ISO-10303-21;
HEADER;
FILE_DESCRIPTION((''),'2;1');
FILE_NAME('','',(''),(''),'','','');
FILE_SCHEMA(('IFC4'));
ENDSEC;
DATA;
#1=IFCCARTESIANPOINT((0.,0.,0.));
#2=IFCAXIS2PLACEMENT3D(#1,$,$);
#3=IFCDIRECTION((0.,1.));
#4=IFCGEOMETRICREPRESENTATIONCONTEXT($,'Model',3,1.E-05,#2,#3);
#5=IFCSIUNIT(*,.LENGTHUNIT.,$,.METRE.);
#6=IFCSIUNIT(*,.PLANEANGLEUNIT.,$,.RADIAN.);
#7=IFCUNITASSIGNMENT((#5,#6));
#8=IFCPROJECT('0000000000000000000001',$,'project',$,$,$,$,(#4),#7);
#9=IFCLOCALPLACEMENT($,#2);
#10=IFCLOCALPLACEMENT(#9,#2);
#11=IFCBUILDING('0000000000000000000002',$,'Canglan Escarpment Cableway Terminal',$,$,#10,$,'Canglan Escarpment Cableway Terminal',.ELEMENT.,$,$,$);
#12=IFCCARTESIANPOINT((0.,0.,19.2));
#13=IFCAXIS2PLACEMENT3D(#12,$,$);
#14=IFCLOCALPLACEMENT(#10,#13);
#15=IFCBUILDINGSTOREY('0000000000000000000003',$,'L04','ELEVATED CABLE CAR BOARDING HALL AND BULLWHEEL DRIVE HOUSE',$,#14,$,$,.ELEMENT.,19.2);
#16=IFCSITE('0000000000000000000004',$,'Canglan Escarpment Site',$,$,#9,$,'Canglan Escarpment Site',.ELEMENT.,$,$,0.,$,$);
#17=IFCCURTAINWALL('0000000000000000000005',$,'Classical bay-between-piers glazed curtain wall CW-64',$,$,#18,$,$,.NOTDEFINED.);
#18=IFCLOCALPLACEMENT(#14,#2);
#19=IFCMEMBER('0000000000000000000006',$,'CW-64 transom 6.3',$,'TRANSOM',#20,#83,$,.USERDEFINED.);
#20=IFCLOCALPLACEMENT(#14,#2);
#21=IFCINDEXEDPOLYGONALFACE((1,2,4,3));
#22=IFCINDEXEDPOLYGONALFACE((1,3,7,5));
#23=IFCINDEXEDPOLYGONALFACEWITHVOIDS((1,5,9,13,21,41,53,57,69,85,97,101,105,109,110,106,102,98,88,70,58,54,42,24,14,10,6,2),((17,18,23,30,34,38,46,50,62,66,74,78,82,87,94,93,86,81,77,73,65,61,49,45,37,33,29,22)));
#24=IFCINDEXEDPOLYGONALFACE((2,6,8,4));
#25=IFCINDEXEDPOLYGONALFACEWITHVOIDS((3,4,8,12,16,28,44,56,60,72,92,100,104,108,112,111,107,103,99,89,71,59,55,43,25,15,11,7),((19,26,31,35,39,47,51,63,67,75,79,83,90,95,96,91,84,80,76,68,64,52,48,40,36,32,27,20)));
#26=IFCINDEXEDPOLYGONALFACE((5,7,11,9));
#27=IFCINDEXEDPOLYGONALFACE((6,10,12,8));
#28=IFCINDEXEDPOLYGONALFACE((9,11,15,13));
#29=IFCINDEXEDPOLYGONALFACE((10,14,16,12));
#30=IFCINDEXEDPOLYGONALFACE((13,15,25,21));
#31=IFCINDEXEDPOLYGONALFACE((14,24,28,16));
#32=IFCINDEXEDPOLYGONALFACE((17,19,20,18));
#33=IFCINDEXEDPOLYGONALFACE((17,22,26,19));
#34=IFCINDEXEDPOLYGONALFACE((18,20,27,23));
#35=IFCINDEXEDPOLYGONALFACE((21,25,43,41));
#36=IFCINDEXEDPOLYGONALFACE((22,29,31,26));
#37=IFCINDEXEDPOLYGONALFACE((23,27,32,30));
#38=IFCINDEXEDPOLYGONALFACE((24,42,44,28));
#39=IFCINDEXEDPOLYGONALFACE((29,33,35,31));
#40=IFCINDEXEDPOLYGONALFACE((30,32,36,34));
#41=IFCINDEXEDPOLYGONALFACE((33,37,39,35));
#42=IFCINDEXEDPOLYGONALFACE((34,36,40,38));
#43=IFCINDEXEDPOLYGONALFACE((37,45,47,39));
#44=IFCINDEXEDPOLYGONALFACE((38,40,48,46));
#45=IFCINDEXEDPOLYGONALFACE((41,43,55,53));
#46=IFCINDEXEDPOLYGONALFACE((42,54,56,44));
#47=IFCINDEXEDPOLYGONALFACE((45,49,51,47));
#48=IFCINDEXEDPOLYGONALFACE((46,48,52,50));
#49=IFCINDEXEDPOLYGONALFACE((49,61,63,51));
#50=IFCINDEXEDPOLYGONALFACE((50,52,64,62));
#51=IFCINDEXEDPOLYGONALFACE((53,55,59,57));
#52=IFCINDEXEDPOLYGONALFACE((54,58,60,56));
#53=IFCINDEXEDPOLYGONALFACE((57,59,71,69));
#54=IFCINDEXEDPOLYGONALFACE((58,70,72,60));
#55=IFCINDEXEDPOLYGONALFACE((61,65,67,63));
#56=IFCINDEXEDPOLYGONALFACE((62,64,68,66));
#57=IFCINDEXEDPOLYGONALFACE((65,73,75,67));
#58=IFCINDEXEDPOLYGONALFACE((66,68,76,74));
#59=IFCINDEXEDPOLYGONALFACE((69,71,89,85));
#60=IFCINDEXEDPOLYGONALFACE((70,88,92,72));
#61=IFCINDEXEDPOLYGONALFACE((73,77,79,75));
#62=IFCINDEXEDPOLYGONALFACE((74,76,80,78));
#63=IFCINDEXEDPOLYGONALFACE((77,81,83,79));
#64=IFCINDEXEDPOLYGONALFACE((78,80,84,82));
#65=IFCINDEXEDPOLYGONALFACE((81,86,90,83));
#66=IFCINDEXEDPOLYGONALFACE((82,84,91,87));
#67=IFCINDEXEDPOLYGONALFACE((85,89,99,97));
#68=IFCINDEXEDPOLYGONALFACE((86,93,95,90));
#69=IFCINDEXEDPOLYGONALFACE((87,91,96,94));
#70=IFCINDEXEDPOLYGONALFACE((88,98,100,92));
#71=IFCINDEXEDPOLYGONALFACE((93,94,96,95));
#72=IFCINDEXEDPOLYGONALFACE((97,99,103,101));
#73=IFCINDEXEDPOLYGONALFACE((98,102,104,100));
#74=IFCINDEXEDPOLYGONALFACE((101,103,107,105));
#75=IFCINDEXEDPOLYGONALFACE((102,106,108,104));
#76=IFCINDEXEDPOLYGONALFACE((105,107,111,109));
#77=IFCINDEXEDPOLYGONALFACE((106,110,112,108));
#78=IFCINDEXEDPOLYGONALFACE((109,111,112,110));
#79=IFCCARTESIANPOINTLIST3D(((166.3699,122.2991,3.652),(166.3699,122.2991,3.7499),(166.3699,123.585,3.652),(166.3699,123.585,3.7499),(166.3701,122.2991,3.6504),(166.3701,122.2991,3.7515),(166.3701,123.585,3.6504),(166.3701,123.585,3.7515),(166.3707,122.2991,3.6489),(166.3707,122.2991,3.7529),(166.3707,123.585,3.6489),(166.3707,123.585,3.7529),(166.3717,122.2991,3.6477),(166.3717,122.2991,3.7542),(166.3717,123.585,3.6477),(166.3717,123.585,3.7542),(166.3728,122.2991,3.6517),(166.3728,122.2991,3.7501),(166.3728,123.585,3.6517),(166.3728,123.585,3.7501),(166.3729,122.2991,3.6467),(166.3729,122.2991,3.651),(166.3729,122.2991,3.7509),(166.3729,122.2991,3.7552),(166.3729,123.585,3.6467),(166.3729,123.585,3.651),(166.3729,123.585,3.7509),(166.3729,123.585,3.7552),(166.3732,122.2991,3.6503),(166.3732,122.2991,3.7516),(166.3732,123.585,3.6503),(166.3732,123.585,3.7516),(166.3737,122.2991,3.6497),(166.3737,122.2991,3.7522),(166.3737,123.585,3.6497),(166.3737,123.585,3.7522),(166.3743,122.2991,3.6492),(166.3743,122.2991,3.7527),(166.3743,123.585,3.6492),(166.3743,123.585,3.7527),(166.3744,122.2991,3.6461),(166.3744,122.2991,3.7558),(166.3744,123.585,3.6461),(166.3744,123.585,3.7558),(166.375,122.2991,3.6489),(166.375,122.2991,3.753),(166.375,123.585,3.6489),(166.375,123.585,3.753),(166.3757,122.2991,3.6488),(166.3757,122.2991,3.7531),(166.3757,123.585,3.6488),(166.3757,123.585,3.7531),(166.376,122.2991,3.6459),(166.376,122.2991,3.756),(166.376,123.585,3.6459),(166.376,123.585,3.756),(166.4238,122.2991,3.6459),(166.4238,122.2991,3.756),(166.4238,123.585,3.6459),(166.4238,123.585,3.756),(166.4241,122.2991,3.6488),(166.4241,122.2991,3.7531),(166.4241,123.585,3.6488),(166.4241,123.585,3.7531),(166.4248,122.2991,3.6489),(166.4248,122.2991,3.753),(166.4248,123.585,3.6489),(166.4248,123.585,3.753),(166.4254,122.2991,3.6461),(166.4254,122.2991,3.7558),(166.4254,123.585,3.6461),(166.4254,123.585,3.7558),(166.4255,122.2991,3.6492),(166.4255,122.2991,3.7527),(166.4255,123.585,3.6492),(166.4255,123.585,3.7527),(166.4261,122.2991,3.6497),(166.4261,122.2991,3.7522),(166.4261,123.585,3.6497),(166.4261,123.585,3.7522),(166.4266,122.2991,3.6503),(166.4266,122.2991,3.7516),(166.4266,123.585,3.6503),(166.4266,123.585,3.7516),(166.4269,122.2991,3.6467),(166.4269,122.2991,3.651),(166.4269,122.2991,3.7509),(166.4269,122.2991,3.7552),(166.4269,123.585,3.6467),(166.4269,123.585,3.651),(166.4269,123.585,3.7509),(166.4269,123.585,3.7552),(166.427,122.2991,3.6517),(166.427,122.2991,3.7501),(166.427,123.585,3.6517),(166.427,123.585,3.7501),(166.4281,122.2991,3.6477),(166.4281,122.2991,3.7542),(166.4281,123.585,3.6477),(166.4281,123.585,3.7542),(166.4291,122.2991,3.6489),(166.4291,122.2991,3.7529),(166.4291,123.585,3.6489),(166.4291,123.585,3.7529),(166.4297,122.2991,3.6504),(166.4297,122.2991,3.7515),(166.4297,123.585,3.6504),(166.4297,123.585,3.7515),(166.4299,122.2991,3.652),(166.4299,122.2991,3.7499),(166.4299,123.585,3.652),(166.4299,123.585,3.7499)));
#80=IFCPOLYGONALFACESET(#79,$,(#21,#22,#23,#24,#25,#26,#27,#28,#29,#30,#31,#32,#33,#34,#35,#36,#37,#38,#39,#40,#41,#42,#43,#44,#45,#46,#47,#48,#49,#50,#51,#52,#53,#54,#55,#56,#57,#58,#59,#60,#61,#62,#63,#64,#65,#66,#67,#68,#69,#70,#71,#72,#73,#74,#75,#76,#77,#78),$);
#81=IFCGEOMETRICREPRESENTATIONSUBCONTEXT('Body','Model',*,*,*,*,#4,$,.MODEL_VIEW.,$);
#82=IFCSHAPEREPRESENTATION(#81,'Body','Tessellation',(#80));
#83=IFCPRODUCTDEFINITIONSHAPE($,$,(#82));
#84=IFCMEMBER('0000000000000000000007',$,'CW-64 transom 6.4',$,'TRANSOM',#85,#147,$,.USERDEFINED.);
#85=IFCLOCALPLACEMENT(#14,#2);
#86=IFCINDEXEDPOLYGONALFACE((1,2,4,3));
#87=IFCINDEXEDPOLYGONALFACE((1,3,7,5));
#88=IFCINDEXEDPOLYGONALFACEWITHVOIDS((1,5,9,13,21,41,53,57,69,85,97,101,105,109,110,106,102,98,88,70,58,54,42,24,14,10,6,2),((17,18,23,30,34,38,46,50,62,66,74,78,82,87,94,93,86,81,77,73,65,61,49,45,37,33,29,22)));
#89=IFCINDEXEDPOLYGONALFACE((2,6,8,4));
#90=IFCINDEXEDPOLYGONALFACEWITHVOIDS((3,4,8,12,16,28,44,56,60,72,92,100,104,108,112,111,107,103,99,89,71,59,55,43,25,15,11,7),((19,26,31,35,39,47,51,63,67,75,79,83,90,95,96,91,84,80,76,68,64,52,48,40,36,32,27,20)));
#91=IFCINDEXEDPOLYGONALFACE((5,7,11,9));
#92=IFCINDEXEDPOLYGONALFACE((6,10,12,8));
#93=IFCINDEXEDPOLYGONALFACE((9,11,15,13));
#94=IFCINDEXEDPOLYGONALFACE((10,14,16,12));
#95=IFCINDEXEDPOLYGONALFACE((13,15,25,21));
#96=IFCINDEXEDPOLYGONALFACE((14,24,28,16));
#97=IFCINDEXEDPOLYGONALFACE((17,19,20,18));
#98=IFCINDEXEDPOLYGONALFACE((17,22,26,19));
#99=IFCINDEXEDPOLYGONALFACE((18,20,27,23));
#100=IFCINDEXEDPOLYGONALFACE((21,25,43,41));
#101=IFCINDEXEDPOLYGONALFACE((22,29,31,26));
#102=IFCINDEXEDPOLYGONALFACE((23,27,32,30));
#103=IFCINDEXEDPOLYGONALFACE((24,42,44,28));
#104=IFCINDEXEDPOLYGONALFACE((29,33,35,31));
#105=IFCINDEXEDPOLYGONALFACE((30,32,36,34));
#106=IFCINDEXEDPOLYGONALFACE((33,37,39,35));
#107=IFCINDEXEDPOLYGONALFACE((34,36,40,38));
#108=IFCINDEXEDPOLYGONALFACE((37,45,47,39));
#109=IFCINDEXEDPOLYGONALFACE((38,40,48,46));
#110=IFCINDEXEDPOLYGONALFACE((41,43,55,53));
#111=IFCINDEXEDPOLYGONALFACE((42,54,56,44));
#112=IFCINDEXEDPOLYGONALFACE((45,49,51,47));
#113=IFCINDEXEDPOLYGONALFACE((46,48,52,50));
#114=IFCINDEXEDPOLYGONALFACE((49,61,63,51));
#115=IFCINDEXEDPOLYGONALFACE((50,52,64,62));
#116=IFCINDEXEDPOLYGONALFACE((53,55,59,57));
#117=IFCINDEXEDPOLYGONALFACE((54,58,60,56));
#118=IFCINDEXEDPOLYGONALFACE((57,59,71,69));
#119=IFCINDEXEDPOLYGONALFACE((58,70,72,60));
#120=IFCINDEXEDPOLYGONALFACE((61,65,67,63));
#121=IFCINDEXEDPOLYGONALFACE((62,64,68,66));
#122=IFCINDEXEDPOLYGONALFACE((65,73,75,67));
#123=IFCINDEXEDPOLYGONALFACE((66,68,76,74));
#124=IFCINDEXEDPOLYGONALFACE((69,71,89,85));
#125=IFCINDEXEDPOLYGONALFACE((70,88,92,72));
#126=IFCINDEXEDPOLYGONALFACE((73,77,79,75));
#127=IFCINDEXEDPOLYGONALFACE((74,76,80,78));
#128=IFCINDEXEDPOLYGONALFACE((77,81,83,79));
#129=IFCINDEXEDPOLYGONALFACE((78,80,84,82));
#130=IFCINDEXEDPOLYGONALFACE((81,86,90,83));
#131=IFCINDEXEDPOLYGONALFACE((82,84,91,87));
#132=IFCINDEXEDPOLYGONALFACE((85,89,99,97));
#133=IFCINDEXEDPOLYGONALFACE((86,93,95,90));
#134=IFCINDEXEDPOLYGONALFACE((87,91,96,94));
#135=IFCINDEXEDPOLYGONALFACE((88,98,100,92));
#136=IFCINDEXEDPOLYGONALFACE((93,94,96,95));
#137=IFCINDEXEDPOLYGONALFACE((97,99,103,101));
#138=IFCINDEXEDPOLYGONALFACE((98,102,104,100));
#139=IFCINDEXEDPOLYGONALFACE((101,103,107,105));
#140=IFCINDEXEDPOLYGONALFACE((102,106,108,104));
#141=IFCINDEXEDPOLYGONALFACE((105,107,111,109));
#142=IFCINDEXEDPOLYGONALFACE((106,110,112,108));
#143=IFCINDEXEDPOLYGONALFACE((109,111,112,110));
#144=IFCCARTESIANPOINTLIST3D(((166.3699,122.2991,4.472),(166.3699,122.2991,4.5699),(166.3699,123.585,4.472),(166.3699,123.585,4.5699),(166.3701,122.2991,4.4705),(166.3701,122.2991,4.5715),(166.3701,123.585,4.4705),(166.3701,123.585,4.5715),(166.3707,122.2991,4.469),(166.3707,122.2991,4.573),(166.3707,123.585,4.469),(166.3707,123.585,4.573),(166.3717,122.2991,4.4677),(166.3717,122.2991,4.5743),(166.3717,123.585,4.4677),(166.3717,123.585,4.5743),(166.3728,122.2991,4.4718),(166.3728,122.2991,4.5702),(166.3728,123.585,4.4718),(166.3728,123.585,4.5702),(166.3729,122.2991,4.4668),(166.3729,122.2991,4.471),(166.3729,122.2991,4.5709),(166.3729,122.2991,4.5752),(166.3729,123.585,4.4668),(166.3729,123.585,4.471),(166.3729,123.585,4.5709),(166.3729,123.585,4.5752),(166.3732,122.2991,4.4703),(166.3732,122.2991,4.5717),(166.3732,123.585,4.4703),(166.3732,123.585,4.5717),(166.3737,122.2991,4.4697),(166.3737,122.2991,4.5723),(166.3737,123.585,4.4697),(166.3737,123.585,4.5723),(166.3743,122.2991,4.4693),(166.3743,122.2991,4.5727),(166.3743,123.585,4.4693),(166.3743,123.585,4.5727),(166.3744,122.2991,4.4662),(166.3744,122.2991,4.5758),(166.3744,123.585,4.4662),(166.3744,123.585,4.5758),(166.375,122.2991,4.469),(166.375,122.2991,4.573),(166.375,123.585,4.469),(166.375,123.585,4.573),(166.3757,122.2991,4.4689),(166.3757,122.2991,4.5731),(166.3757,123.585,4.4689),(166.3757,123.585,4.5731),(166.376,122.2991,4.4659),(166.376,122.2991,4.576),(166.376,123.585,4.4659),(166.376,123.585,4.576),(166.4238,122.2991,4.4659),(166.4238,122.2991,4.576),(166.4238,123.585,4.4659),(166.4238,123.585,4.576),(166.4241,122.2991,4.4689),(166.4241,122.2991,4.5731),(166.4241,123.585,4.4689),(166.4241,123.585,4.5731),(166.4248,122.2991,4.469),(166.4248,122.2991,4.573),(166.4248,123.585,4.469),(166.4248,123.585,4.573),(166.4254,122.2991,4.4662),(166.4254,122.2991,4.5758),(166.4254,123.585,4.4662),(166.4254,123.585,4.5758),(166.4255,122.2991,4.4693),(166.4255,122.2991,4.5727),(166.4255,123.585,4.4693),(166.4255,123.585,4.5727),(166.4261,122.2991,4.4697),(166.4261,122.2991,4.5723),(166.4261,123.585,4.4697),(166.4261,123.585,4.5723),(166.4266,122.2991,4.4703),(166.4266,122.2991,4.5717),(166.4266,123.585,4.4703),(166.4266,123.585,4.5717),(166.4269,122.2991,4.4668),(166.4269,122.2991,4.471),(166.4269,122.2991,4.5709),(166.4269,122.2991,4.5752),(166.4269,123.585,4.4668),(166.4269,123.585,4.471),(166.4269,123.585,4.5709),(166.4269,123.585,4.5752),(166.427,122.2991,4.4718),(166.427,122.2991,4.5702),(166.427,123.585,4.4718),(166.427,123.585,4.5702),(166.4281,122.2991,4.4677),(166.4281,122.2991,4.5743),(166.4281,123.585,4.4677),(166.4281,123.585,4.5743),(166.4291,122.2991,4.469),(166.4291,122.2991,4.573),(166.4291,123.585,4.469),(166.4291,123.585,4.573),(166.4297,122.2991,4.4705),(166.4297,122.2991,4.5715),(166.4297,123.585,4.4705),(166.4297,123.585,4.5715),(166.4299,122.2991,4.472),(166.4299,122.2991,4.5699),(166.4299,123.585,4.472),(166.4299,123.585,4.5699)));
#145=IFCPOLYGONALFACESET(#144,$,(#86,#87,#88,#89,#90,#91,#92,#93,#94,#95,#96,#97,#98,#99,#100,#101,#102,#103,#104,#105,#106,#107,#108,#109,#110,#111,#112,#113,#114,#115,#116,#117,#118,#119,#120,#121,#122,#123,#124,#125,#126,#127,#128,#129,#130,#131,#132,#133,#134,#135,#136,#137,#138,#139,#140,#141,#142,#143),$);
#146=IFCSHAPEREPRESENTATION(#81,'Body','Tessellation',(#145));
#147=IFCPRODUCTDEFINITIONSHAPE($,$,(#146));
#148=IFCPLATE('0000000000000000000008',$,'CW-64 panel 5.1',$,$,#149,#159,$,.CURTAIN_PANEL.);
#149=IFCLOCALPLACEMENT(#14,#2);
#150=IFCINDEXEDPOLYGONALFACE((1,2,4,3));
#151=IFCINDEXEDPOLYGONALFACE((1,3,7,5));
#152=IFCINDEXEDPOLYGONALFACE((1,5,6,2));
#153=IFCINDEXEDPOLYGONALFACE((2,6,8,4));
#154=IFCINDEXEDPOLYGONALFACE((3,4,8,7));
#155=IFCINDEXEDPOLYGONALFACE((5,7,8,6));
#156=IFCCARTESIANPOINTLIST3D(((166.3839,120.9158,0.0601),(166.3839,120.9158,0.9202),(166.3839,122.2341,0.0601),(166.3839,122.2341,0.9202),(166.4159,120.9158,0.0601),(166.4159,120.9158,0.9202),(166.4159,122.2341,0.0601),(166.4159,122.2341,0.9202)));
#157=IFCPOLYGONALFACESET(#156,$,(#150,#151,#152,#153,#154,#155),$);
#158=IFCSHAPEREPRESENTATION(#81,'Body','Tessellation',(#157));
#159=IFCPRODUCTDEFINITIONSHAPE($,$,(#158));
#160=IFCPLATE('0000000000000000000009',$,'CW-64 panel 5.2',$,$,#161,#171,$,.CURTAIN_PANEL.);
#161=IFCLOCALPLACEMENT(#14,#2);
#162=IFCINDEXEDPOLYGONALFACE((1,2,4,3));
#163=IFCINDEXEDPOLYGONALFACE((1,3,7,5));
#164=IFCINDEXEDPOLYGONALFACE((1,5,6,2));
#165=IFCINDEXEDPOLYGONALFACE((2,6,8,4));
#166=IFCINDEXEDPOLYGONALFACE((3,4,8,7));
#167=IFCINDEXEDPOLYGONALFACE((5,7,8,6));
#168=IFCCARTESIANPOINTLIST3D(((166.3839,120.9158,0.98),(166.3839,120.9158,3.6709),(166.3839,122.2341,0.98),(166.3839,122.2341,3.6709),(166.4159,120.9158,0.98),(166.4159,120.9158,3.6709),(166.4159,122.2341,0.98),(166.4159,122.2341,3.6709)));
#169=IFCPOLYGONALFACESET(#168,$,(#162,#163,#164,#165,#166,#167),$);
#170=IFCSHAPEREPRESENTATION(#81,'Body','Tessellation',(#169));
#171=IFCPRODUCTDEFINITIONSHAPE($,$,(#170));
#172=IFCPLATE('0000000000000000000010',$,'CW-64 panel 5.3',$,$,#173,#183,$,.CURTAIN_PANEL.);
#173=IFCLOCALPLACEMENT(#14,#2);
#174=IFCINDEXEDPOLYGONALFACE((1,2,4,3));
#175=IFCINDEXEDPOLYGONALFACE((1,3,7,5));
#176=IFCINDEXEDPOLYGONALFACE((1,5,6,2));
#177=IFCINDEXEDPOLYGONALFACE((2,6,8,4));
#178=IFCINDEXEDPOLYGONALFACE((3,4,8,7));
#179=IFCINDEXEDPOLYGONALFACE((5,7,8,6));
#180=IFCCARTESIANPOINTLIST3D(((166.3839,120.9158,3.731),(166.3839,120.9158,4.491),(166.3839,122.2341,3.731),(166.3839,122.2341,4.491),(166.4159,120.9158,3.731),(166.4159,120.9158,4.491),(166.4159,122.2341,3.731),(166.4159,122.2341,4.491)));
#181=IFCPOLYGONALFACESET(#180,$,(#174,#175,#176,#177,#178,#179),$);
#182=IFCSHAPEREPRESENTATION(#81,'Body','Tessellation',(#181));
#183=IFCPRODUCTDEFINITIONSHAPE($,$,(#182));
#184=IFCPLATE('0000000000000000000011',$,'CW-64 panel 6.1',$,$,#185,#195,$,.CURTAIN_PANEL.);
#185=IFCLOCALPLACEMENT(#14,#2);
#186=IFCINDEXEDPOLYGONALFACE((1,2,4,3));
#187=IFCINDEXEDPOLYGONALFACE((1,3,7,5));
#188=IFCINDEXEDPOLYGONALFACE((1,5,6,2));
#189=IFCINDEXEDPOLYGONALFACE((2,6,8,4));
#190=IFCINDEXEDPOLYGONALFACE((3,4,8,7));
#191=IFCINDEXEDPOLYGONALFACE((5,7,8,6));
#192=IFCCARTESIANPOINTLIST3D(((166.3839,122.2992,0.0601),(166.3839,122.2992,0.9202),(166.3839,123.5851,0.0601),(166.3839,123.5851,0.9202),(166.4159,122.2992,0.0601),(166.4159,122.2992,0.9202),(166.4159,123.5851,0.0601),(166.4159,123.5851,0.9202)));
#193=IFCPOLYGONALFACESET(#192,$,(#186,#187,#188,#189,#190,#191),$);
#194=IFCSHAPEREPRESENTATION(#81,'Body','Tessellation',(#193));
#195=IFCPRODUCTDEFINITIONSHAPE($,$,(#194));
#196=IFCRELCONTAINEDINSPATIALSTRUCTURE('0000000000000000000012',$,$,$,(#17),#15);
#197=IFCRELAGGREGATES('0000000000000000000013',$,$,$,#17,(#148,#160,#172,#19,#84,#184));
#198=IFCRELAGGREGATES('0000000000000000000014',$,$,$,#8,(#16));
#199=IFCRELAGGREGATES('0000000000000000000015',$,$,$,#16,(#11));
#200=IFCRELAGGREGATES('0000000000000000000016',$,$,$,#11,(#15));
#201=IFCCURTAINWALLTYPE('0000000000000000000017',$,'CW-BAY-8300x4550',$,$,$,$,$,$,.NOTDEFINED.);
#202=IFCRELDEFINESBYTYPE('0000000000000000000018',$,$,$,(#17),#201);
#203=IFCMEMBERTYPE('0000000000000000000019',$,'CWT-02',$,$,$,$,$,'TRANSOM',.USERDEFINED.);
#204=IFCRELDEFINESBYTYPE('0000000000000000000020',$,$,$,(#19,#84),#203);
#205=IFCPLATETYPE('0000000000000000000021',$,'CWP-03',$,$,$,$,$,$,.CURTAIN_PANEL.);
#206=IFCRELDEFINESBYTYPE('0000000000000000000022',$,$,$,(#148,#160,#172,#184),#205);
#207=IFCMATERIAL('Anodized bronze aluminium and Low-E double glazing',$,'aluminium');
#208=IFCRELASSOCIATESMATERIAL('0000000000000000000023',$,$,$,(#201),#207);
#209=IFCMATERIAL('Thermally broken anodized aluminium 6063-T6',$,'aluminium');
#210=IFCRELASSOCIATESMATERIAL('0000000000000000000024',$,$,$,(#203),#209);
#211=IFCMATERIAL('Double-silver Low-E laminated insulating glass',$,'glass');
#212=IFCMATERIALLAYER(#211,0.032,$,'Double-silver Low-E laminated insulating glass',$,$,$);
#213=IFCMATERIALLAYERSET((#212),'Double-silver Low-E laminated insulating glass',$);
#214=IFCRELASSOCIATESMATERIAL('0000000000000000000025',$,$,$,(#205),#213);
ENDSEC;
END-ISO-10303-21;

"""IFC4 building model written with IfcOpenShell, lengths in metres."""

from ifc_helpers import new_model, si_unit, direction, frame, origin, origin_2d, place, context, subcontext, project, spatial, rectangle, hollow_rectangle, extrude, material, layer, layer_set, material_profile, profile_set, type_object, element, aggregate, save


model = new_model("IFC4")

# Units and contexts
model_context = context("Model", 3, precision=1e-05, world=origin(), true_north=direction((0.0, 1.0)))
body_context = subcontext(model_context, "Body", "Model", "MODEL_VIEW")
ifc_project = project(units=[si_unit("LENGTHUNIT", "METRE"), si_unit("PLANEANGLEUNIT", "RADIAN")], contexts=[model_context])

# Site, building, storey
site_placement = place(None, origin())
site = spatial("IfcSite", under=ifc_project, at=site_placement, Name="Canglan Escarpment Site", LongName="Canglan Escarpment Site", CompositionType="ELEMENT", RefElevation=0.0)
building_placement = place(site_placement, origin())
building = spatial("IfcBuilding", under=site, at=building_placement, Name="Canglan Escarpment Cableway Terminal", LongName="Canglan Escarpment Cableway Terminal", CompositionType="ELEMENT")
storey_placement = place(building_placement, frame((0.0, 0.0, 19.2)))
storey = spatial("IfcBuildingStorey", under=building, at=storey_placement, Name="L04", Description="ELEVATED CABLE CAR BOARDING HALL AND BULLWHEEL DRIVE HOUSE", CompositionType="ELEMENT", Elevation=19.2)

# Curtain wall
ifc_material_1 = material(Name="Anodized bronze aluminium and Low-E double glazing", Category="aluminium")
ifc_material_2 = material(Name="Thermally broken anodized aluminium 6063-T6", Category="aluminium")
curtain_wall_type_1 = type_object("IfcCurtainWallType", Name="CW-BAY-8300x4550", PredefinedType="NOTDEFINED", material=ifc_material_1)
curtain_wall_1_placement = place(storey_placement, origin())
curtain_wall_1 = element("IfcCurtainWall", 1, at=curtain_wall_1_placement, inside=storey, type_object=curtain_wall_type_1, Name="Classical bay-between-piers glazed curtain wall CW-64", PredefinedType="NOTDEFINED")

# Members
ifc_material_profile_1 = material_profile(ifc_material_2, hollow_rectangle(XDim=0.0601, YDim=0.1101, WallThickness=0.0029, InnerFilletRadius=0.0029, OuterFilletRadius=0.0061, at=origin_2d()), Name="ALU-TRAN 60x110x3")
ifc_profile_set_1 = profile_set([ifc_material_profile_1], Name="Thermally broken anodized aluminium 6063-T6")
member_type_1 = type_object("IfcMemberType", Name="CWT-02", ElementType="TRANSOM", PredefinedType="USERDEFINED", material=ifc_profile_set_1)
member_1_placement = place(storey_placement, frame((166.3999, 122.2991, 3.7009), z_axis=(0.0, 1.0, 0.0), x_axis=(-1.0, 0.0, 0.0)))
member_1 = element("IfcMember", 2, at=member_1_placement, type_object=member_type_1, Name="CW-64 transom 6.3", ObjectType="TRANSOM", PredefinedType="USERDEFINED", context=body_context, shape_type="SweptSolid", body=[
    extrude(hollow_rectangle(XDim=0.0601, YDim=0.1101, WallThickness=0.0029, InnerFilletRadius=0.0029, OuterFilletRadius=0.0061, at=origin_2d()), origin(), (0.0, 0.0, 1.0), 1.2859),
])
member_2_placement = place(storey_placement, frame((166.3999, 122.2991, 4.521), z_axis=(0.0, 1.0, 0.0), x_axis=(-1.0, 0.0, 0.0)))
member_2 = element("IfcMember", 3, at=member_2_placement, type_object=member_type_1, Name="CW-64 transom 6.4", ObjectType="TRANSOM", PredefinedType="USERDEFINED", context=body_context, shape_type="SweptSolid", body=[
    extrude(hollow_rectangle(XDim=0.0601, YDim=0.1101, WallThickness=0.0029, InnerFilletRadius=0.0029, OuterFilletRadius=0.0061, at=origin_2d()), origin(), (0.0, 0.0, 1.0), 1.2859),
])

# Plates
ifc_material_3 = material(Name="Double-silver Low-E laminated insulating glass", Category="glass")
ifc_layer_1 = layer(ifc_material_3, 0.032, Name="Double-silver Low-E laminated insulating glass")
ifc_layer_set_1 = layer_set([ifc_layer_1], Name="Double-silver Low-E laminated insulating glass")
plate_type_1 = type_object("IfcPlateType", Name="CWP-03", PredefinedType="CURTAIN_PANEL", material=ifc_layer_set_1)
plate_1_placement = place(storey_placement, frame((166.3999, 121.575, 0.0601), z_axis=(0.0, 0.0, 1.0), x_axis=(0.0, 1.0, 0.0)))
plate_1 = element("IfcPlate", 4, at=plate_1_placement, type_object=plate_type_1, Name="CW-64 panel 5.1", PredefinedType="CURTAIN_PANEL", context=body_context, shape_type="SweptSolid", body=[
    extrude(rectangle(XDim=1.3184, YDim=0.032, at=origin_2d()), origin(), (0.0, 0.0, 1.0), 0.8601),
])
plate_2_placement = place(storey_placement, frame((166.3999, 121.575, 0.98), z_axis=(0.0, 0.0, 1.0), x_axis=(0.0, 1.0, 0.0)))
plate_2 = element("IfcPlate", 5, at=plate_2_placement, type_object=plate_type_1, Name="CW-64 panel 5.2", PredefinedType="CURTAIN_PANEL", context=body_context, shape_type="SweptSolid", body=[
    extrude(rectangle(XDim=1.3184, YDim=0.032, at=origin_2d()), origin(), (0.0, 0.0, 1.0), 2.6909),
])
plate_3_placement = place(storey_placement, frame((166.3999, 121.575, 3.731), z_axis=(0.0, 0.0, 1.0), x_axis=(0.0, 1.0, 0.0)))
plate_3 = element("IfcPlate", 6, at=plate_3_placement, type_object=plate_type_1, Name="CW-64 panel 5.3", PredefinedType="CURTAIN_PANEL", context=body_context, shape_type="SweptSolid", body=[
    extrude(rectangle(XDim=1.3184, YDim=0.032, at=origin_2d()), origin(), (0.0, 0.0, 1.0), 0.76),
])
plate_4_placement = place(storey_placement, frame((166.3999, 122.9421, 0.0601), z_axis=(0.0, 0.0, 1.0), x_axis=(0.0, 1.0, 0.0)))
plate_4 = element("IfcPlate", 7, at=plate_4_placement, type_object=plate_type_1, Name="CW-64 panel 6.1", PredefinedType="CURTAIN_PANEL", context=body_context, shape_type="SweptSolid", body=[
    extrude(rectangle(XDim=1.2859, YDim=0.032, at=origin_2d()), origin(), (0.0, 0.0, 1.0), 0.8601),
])
aggregate(curtain_wall_1, [plate_1, plate_2, plate_3, member_1, member_2, plate_4])

save(model, "model.ifc")
